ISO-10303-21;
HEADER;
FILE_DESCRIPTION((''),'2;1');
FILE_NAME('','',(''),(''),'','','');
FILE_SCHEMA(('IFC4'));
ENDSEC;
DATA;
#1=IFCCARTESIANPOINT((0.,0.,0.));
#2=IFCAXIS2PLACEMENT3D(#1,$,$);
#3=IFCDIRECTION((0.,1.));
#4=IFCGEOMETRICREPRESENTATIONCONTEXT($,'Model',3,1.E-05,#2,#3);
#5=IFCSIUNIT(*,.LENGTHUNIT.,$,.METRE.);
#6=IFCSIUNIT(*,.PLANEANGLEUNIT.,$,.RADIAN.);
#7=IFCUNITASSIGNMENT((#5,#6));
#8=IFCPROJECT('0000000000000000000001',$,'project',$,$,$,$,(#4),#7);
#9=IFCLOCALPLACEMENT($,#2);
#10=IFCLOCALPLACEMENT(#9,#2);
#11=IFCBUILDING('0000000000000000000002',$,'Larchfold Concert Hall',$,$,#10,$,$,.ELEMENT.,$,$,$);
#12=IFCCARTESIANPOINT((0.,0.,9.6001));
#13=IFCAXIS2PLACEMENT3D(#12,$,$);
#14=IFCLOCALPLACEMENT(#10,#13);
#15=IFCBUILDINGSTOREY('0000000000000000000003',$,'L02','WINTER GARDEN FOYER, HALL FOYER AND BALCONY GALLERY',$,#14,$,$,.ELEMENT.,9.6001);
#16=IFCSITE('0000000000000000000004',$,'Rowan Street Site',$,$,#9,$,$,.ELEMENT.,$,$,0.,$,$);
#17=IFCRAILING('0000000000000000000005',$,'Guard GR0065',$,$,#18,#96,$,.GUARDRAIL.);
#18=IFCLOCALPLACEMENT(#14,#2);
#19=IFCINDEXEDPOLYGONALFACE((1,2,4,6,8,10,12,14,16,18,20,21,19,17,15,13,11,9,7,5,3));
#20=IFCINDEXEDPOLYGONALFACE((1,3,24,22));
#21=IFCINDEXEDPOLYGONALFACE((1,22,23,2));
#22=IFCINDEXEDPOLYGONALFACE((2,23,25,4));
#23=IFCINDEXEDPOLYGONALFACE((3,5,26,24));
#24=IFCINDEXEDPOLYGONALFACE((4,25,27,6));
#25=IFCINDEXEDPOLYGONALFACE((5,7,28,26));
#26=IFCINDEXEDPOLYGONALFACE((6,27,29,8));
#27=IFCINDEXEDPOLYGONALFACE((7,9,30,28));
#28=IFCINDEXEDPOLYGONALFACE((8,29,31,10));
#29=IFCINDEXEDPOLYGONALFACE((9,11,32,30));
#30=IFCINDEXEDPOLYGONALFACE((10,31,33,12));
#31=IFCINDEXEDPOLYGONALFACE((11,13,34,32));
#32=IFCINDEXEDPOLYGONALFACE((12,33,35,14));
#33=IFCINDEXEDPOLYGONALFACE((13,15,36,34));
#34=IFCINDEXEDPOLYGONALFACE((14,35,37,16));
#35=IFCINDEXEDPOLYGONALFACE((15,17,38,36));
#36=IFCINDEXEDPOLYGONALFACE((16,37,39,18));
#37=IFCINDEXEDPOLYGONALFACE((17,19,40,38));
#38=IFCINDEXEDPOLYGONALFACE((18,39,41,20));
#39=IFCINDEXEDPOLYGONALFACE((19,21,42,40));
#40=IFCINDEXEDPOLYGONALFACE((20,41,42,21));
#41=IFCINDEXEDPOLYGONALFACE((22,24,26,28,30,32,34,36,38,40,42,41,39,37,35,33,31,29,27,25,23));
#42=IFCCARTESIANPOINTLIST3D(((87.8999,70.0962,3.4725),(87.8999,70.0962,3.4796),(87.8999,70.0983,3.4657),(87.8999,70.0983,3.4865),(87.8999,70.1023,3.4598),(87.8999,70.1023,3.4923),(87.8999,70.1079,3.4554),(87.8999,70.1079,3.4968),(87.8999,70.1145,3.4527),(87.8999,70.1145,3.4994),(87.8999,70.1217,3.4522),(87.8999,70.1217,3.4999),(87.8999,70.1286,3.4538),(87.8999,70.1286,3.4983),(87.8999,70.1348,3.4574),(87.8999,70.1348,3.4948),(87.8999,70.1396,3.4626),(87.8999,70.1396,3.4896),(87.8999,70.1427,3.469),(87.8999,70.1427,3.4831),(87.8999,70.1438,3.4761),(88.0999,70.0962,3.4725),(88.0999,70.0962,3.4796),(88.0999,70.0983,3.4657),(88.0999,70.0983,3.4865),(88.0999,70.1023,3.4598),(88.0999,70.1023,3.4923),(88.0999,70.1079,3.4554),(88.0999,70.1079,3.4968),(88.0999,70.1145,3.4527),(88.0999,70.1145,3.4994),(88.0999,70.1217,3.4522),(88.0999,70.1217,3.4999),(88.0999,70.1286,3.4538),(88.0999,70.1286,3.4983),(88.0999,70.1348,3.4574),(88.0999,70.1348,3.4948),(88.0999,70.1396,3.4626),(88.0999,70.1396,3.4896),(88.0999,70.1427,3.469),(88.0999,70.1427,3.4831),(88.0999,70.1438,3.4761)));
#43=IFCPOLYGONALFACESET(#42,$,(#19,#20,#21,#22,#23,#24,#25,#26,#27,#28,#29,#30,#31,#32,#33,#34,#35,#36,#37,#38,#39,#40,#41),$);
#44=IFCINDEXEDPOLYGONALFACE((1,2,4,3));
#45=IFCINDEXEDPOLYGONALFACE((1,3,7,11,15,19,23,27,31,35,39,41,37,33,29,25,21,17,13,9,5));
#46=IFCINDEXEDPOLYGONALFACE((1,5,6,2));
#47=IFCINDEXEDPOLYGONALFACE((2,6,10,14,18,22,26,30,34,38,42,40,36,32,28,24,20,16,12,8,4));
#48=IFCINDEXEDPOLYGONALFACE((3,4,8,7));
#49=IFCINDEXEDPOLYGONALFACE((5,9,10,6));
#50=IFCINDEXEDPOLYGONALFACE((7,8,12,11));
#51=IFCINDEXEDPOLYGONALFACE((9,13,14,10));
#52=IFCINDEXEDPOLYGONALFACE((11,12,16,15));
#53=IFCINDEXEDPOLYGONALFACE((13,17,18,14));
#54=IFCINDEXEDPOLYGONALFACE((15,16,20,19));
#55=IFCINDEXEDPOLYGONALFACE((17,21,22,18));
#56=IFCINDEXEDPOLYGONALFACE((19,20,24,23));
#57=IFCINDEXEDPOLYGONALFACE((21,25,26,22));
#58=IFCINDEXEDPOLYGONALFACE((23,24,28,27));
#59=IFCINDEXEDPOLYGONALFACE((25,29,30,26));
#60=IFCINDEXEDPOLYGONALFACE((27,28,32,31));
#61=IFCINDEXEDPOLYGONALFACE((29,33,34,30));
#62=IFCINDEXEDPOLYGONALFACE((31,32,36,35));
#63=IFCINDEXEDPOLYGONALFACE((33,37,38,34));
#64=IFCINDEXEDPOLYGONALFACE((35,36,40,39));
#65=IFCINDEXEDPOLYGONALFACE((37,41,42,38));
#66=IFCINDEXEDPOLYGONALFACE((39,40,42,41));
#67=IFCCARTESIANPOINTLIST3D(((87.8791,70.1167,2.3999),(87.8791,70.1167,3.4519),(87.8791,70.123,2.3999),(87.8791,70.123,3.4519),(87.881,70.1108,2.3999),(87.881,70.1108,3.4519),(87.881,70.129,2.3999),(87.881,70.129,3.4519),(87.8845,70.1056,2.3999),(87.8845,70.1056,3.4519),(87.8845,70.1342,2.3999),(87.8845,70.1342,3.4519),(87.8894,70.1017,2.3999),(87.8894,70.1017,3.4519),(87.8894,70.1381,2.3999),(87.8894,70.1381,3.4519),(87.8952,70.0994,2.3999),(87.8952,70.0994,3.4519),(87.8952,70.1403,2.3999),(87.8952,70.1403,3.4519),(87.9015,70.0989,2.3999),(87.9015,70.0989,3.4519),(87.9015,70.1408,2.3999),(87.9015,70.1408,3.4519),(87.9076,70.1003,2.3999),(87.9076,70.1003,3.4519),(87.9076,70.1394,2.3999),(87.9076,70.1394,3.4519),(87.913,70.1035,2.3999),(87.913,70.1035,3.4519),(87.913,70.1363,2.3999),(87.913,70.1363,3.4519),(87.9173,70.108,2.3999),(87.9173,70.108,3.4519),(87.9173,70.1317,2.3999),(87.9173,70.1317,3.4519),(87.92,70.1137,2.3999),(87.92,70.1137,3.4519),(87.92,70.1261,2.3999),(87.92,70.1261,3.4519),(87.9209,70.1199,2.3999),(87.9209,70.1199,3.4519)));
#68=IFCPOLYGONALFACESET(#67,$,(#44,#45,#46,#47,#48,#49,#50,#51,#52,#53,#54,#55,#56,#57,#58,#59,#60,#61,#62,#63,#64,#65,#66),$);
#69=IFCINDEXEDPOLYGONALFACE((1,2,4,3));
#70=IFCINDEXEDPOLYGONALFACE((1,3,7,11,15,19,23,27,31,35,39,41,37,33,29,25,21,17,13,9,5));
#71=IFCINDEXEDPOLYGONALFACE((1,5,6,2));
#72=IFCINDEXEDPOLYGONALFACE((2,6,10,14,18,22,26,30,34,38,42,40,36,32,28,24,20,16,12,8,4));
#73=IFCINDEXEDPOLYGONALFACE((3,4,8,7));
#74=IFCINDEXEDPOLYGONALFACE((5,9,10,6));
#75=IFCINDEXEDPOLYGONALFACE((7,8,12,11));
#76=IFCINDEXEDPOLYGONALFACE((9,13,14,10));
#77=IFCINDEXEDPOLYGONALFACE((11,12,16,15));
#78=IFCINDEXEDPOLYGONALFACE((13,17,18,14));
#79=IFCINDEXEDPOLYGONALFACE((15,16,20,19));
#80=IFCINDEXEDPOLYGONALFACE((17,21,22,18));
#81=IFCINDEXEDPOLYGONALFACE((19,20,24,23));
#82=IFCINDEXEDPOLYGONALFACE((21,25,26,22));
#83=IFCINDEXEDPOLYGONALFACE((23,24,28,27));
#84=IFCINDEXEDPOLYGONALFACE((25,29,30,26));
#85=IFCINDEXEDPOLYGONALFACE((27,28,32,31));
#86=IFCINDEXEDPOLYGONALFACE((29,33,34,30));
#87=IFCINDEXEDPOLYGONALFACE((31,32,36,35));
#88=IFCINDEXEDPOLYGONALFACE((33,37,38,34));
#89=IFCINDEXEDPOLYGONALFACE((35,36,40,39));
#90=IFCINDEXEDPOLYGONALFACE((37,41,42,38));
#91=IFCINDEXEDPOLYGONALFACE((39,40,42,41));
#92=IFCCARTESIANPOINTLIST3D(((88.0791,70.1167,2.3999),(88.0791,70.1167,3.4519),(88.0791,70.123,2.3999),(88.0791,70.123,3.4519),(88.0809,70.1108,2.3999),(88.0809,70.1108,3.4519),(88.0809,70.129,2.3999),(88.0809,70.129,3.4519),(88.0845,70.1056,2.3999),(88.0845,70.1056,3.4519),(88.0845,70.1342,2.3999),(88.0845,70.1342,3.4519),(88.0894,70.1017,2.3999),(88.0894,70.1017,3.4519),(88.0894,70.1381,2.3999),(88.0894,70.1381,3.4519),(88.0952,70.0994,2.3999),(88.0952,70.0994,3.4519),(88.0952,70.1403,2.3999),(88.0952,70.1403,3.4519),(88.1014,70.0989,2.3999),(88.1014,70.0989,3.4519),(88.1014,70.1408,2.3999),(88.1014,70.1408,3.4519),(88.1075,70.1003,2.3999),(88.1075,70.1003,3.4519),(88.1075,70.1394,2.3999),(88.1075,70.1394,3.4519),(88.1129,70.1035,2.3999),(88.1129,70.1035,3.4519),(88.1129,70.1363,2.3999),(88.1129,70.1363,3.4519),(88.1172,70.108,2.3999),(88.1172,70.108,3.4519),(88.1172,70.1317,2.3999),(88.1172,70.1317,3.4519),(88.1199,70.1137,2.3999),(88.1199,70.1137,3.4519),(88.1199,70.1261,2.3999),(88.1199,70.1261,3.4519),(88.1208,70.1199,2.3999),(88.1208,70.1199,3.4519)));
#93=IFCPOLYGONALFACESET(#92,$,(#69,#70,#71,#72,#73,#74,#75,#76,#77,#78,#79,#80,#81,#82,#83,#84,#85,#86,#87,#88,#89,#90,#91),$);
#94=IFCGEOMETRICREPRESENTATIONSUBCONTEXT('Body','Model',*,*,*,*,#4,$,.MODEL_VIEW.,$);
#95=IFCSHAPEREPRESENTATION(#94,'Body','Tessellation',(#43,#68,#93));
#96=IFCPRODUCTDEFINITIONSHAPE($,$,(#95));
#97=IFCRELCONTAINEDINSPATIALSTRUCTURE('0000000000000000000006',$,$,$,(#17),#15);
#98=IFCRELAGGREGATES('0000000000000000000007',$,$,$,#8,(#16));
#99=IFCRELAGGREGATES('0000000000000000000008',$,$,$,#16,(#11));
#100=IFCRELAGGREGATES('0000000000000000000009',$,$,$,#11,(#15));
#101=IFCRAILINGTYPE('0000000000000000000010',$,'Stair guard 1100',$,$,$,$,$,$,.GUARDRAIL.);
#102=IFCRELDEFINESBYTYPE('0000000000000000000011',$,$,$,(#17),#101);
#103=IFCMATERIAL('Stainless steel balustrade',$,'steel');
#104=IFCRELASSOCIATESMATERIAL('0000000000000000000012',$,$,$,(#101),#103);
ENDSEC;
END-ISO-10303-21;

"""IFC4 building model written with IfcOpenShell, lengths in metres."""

from ifc_helpers import new_model, si_unit, direction, frame, origin, origin_2d, place, context, subcontext, project, spatial, circle, extrude, material, type_object, element, save


model = new_model("IFC4")

# Units and contexts
model_context = context("Model", 3, precision=1e-05, world=origin(), true_north=direction((0.0, 1.0)))
body_context = subcontext(model_context, "Body", "Model", "MODEL_VIEW")
ifc_project = project(units=[si_unit("LENGTHUNIT", "METRE"), si_unit("PLANEANGLEUNIT", "RADIAN")], contexts=[model_context])

# Site, building, storey
site_placement = place(None, origin())
site = spatial("IfcSite", under=ifc_project, at=site_placement, Name="Rowan Street Site", CompositionType="ELEMENT", RefElevation=0.0)
building_placement = place(site_placement, origin())
building = spatial("IfcBuilding", under=site, at=building_placement, Name="Larchfold Concert Hall", CompositionType="ELEMENT")
storey_placement = place(building_placement, frame((0.0, 0.0, 9.6001)))
storey = spatial("IfcBuildingStorey", under=building, at=storey_placement, Name="L02", Description="WINTER GARDEN FOYER, HALL FOYER AND BALCONY GALLERY", CompositionType="ELEMENT", Elevation=9.6001)

# Railing
ifc_material_1 = material(Name="Stainless steel balustrade", Category="steel")
railing_type_1 = type_object("IfcRailingType", Name="Stair guard 1100", PredefinedType="GUARDRAIL", material=ifc_material_1)
railing_1_placement = place(storey_placement, frame((87.8999, 70.1199, 2.3999)))
element("IfcRailing", 1, at=railing_1_placement, inside=storey, type_object=railing_type_1, Name="Guard GR0065", PredefinedType="GUARDRAIL", context=body_context, shape_type="SweptSolid", body=[
    extrude(circle(Radius=0.0239, at=origin_2d()), frame((0.0, 0.0, 1.0762), z_axis=(1.0, 0.0, 0.0), x_axis=(0.0, 1.0, 0.0)), (0.0, 0.0, 1.0), 0.2),
    extrude(circle(Radius=0.021, at=origin_2d()), origin(), (0.0, 0.0, 1.0), 1.052),
    extrude(circle(Radius=0.021, at=origin_2d()), frame((0.2, 0.0, 0.0)), (0.0, 0.0, 1.0), 1.052),
])

save(model, "model.ifc")
